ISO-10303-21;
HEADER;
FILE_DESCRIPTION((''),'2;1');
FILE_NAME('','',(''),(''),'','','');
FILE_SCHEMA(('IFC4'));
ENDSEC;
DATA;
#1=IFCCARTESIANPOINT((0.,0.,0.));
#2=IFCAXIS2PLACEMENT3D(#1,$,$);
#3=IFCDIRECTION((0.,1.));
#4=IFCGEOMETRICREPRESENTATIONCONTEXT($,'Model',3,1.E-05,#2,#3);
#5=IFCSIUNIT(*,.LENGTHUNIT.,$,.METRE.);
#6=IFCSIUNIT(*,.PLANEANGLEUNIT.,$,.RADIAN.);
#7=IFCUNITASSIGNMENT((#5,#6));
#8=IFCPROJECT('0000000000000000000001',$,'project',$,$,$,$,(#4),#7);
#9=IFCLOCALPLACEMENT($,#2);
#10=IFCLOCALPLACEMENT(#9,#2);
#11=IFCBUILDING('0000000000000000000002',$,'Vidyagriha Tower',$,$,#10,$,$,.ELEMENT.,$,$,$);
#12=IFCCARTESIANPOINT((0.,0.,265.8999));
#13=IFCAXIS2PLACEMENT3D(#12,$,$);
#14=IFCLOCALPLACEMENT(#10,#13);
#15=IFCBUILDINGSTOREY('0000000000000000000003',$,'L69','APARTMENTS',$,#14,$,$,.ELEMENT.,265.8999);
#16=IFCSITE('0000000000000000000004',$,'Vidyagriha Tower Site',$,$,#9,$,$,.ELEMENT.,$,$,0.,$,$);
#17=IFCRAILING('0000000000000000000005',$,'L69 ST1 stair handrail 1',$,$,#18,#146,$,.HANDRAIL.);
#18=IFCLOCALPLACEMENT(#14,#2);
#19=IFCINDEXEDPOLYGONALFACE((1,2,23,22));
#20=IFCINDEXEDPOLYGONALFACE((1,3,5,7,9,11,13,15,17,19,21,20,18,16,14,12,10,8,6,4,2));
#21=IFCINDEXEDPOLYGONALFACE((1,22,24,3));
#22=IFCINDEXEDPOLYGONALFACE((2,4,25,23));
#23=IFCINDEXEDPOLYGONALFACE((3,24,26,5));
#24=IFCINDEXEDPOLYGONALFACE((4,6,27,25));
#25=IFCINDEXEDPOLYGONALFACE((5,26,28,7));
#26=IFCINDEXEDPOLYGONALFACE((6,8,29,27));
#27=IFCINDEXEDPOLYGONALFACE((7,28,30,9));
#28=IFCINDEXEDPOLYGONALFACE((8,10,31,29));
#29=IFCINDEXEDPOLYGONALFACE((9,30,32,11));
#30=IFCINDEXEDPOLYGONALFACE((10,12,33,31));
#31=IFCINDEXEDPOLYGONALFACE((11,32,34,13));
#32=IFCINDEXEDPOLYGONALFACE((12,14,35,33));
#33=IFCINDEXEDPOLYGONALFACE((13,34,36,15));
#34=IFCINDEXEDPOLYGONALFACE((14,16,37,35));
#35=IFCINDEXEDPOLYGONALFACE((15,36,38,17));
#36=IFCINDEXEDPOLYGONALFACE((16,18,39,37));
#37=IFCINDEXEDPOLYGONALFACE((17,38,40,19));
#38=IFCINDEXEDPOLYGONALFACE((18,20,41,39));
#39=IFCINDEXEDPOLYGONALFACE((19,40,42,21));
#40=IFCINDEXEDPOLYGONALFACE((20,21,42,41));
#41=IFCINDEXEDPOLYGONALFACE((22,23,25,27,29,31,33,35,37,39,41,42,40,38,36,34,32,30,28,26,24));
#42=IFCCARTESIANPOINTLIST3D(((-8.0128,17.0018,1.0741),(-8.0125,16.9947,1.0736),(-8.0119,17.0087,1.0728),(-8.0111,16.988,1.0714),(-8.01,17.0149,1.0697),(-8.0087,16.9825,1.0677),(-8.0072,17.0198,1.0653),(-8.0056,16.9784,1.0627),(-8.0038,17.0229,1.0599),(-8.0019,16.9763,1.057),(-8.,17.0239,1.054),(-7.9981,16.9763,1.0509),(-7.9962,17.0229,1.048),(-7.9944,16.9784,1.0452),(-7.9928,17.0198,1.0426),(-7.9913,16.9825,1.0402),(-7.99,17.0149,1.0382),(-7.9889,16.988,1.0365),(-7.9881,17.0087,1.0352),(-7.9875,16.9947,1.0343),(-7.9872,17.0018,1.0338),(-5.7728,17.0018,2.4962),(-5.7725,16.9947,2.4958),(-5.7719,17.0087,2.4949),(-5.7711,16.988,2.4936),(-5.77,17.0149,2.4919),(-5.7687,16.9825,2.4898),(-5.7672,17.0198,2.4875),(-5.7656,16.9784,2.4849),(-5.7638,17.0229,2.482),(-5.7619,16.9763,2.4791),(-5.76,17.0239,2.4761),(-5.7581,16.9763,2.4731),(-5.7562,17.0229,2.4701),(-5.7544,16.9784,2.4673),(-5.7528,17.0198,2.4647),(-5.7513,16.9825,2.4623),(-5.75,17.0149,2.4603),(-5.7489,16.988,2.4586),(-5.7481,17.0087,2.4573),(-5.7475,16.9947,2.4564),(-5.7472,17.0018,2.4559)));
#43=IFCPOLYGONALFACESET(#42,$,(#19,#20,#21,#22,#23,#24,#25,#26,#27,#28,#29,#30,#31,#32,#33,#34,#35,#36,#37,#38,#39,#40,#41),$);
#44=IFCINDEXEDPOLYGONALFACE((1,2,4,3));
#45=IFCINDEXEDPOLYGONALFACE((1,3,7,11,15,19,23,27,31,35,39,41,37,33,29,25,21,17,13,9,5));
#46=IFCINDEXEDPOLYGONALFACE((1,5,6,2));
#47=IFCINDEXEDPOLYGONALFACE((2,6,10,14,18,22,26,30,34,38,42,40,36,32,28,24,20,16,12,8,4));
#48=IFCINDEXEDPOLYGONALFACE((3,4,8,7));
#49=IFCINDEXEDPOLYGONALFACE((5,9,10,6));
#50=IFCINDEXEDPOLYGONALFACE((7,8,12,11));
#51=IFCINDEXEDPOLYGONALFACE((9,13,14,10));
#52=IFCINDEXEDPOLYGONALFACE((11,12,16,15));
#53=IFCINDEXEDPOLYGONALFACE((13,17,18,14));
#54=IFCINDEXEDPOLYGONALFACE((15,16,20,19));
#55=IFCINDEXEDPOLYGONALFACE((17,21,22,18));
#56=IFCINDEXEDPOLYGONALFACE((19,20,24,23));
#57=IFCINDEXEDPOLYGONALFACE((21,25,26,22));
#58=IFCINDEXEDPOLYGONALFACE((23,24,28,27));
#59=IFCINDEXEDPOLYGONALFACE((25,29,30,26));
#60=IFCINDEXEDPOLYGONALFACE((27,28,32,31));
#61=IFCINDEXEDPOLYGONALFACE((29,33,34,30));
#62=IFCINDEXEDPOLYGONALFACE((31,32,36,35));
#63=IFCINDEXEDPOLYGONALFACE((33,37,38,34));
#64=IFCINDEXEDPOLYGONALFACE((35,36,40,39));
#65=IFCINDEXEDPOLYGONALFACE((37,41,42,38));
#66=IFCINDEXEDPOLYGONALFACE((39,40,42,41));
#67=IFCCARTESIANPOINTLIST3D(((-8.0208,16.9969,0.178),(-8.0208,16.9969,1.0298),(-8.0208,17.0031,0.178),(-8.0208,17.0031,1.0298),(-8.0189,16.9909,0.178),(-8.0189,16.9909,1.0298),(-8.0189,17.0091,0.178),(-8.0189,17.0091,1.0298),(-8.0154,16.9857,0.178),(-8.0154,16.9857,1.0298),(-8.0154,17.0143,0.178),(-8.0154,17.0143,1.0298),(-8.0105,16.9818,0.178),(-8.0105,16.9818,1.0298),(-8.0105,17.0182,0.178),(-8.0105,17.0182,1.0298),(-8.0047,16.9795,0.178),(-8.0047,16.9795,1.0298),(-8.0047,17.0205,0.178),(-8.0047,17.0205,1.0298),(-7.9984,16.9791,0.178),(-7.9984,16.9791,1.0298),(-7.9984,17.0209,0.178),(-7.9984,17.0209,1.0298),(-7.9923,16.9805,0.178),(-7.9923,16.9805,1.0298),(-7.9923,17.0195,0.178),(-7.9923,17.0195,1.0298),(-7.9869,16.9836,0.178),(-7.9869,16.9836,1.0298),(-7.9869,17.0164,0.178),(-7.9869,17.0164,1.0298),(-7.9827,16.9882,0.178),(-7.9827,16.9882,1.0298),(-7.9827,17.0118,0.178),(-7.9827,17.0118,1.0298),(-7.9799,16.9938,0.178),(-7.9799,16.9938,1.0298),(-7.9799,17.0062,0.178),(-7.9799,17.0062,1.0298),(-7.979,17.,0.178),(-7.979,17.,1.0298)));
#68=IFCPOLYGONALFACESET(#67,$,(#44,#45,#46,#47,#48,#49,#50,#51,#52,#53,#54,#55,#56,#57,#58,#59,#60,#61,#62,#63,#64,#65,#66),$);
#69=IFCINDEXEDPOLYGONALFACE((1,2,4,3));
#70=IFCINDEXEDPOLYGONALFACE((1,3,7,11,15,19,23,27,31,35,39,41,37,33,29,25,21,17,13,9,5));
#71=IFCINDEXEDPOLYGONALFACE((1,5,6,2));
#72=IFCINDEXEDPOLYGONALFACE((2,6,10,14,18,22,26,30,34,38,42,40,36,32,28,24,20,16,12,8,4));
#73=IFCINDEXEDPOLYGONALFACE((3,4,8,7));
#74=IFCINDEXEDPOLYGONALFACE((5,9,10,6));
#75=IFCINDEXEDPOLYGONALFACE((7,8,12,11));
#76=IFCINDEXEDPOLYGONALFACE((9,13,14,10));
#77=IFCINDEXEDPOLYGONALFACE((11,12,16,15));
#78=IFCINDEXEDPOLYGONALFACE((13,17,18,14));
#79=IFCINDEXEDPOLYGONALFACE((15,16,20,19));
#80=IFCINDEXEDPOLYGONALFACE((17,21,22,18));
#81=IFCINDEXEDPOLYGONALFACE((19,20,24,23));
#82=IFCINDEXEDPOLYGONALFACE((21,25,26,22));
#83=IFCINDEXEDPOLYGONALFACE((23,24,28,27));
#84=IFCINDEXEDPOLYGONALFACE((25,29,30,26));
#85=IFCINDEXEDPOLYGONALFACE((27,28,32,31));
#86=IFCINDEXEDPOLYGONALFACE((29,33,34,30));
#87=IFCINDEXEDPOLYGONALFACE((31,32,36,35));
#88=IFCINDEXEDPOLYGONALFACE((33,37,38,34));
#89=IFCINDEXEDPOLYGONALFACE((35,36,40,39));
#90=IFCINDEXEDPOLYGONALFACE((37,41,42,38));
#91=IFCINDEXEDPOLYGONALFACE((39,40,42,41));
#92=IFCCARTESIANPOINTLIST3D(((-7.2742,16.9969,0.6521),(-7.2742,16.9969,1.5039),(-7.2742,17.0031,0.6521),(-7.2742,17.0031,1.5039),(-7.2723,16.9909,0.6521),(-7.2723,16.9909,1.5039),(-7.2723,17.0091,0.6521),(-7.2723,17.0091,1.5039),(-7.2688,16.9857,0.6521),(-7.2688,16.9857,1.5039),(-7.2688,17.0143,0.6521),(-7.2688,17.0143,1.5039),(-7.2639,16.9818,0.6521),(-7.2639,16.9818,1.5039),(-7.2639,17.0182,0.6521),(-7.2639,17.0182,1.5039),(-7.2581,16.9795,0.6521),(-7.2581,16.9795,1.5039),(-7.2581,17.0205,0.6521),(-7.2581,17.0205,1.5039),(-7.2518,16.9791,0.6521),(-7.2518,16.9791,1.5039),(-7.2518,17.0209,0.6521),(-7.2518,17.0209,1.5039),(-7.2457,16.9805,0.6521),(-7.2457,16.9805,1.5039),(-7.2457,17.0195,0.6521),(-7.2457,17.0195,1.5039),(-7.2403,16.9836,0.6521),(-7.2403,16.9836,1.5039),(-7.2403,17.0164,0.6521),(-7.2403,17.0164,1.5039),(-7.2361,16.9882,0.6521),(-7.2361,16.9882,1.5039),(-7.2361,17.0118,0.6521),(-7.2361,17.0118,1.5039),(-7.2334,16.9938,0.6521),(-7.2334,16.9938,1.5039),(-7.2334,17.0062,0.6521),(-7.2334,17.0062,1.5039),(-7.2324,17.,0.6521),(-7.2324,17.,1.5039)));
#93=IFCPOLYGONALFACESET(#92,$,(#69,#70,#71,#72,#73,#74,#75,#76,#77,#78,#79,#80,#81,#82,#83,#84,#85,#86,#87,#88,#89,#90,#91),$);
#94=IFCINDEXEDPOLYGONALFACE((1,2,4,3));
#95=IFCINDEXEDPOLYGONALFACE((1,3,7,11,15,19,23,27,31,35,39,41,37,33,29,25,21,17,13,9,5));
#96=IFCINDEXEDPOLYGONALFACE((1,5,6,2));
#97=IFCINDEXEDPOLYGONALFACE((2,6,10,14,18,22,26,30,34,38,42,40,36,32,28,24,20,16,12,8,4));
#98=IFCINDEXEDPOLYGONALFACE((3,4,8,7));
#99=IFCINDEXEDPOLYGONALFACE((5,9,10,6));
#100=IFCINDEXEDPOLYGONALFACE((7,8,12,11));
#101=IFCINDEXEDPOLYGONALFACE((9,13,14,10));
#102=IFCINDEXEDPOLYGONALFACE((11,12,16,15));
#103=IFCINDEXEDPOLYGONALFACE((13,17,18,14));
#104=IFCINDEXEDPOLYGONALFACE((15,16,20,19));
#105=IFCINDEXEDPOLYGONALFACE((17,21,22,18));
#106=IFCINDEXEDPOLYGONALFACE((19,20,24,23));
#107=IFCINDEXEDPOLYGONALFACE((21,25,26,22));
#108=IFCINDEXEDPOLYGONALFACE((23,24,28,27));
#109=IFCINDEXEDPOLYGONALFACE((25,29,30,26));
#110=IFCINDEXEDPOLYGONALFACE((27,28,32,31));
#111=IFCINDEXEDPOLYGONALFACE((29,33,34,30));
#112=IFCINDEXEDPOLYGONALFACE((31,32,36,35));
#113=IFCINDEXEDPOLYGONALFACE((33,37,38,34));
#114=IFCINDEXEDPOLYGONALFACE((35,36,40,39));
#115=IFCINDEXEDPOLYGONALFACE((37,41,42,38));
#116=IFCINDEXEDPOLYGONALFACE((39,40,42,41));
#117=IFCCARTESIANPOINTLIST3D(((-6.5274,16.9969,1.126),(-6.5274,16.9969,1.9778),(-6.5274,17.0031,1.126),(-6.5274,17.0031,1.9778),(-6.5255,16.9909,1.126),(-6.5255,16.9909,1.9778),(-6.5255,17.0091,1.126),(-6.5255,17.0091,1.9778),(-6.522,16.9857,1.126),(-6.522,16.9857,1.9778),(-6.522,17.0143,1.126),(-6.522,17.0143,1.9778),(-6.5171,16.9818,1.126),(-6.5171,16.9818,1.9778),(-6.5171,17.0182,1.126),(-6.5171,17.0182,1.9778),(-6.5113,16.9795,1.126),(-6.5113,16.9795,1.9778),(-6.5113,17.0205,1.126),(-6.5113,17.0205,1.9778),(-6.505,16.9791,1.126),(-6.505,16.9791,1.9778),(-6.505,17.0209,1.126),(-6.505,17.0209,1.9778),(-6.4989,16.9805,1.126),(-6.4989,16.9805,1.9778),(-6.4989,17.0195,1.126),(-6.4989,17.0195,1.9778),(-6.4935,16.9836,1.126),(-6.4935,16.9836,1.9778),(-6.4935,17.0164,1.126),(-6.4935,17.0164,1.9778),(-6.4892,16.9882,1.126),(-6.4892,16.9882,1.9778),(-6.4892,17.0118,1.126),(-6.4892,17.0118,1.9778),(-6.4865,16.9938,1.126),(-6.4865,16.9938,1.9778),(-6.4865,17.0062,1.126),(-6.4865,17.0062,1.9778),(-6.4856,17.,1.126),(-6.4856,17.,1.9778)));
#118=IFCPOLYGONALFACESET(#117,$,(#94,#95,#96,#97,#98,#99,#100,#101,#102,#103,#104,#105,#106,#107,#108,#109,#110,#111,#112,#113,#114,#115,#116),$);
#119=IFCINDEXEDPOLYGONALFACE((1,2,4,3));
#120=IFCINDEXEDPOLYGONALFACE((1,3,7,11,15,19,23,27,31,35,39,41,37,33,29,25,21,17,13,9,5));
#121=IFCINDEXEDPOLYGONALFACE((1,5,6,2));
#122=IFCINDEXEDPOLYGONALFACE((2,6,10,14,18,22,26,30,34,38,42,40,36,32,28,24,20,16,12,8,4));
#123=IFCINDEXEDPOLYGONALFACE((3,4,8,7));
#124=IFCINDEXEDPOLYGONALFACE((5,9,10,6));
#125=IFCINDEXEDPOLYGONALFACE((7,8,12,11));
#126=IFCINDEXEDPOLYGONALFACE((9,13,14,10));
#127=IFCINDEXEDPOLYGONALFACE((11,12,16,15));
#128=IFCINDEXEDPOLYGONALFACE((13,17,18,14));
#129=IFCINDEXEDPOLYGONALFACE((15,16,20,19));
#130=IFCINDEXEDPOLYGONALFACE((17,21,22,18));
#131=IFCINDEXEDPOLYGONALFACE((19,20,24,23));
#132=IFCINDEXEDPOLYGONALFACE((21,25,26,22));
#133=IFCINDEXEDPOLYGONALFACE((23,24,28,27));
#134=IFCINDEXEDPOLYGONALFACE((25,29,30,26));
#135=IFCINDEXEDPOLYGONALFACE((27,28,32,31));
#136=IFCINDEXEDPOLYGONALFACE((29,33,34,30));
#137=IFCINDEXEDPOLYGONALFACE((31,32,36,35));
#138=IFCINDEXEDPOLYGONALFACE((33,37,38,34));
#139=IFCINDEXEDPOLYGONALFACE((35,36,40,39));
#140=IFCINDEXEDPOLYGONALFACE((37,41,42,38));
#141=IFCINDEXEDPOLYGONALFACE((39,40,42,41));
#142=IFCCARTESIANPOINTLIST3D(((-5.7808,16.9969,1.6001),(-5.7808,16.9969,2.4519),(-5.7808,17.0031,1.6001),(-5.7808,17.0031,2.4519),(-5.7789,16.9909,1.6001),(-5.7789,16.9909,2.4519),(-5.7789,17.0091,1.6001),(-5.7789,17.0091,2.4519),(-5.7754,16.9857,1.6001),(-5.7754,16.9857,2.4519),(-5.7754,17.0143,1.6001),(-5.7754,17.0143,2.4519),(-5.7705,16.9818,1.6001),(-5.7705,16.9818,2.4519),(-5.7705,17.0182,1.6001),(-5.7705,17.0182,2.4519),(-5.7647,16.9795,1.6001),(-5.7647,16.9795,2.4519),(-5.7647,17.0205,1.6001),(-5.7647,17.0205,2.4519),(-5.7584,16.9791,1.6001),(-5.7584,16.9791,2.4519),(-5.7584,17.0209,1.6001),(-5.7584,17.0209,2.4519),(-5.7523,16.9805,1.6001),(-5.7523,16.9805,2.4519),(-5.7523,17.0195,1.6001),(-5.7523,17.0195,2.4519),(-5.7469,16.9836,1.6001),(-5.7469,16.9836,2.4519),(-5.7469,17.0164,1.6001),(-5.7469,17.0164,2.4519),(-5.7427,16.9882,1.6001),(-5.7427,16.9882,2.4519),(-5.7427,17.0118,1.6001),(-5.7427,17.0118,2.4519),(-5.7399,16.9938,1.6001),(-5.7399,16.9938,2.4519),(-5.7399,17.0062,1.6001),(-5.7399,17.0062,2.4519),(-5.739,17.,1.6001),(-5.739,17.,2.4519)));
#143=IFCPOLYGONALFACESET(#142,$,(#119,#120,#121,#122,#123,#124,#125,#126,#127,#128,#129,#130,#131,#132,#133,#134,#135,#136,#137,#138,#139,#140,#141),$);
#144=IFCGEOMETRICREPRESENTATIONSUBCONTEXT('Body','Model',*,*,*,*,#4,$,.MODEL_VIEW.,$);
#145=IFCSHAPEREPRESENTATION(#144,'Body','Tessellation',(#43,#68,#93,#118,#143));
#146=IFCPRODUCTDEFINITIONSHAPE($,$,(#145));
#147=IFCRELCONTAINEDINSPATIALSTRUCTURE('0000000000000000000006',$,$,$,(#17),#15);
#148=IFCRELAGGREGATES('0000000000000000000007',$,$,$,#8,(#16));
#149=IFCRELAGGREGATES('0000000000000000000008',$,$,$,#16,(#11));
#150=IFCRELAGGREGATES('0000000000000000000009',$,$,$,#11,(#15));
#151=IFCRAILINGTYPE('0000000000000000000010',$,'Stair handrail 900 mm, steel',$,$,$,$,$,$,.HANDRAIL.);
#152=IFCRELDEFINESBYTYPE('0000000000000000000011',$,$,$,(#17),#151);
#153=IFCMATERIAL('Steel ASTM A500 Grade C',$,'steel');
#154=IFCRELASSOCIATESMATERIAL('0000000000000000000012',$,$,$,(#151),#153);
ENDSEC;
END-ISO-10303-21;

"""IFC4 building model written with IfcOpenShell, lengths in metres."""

from ifc_helpers import new_model, si_unit, direction, frame, origin, origin_2d, place, context, subcontext, project, spatial, circle, extrude, material, type_object, element, save


model = new_model("IFC4")

# Units and contexts
model_context = context("Model", 3, precision=1e-05, world=origin(), true_north=direction((0.0, 1.0)))
body_context = subcontext(model_context, "Body", "Model", "MODEL_VIEW")
ifc_project = project(units=[si_unit("LENGTHUNIT", "METRE"), si_unit("PLANEANGLEUNIT", "RADIAN")], contexts=[model_context])

# Site, building, storey
site_placement = place(None, origin())
site = spatial("IfcSite", under=ifc_project, at=site_placement, Name="Vidyagriha Tower Site", CompositionType="ELEMENT", RefElevation=0.0)
building_placement = place(site_placement, origin())
building = spatial("IfcBuilding", under=site, at=building_placement, Name="Vidyagriha Tower", CompositionType="ELEMENT")
storey_placement = place(building_placement, frame((0.0, 0.0, 265.8999)))
storey = spatial("IfcBuildingStorey", under=building, at=storey_placement, Name="L69", Description="APARTMENTS", CompositionType="ELEMENT", Elevation=265.8999)

# Railing
ifc_material_1 = material(Name="Steel ASTM A500 Grade C", Category="steel")
railing_type_1 = type_object("IfcRailingType", Name="Stair handrail 900 mm, steel", PredefinedType="HANDRAIL", material=ifc_material_1)
for number, where, name in (
    (1, (-8.0, 17.0, 0.178), "L69 ST1 stair handrail 1"),
):
    element("IfcRailing", number, at=place(storey_placement, frame(where)), inside=storey, type_object=railing_type_1, Name=name, PredefinedType="HANDRAIL", context=body_context, shape_type="SweptSolid", body=[
        extrude(circle(Radius=0.0239, at=origin_2d()), frame((0.0, 0.0, 0.876), z_axis=(0.844229, 0.0, 0.535982), x_axis=(0.0, 1.0, 0.0)), (0.0, 0.0, 1.0), 2.6533),
        extrude(circle(Radius=0.021, at=origin_2d()), origin(), (0.0, 0.0, 1.0), 0.8518),
        extrude(circle(Radius=0.021, at=origin_2d()), frame((0.7466, 0.0, 0.4741)), (0.0, 0.0, 1.0), 0.8518),
        extrude(circle(Radius=0.021, at=origin_2d()), frame((1.4934, 0.0, 0.948)), (0.0, 0.0, 1.0), 0.8518),
        extrude(circle(Radius=0.021, at=origin_2d()), frame((2.24, 0.0, 1.4221)), (0.0, 0.0, 1.0), 0.8518),
    ])

save(model, "model.ifc")
